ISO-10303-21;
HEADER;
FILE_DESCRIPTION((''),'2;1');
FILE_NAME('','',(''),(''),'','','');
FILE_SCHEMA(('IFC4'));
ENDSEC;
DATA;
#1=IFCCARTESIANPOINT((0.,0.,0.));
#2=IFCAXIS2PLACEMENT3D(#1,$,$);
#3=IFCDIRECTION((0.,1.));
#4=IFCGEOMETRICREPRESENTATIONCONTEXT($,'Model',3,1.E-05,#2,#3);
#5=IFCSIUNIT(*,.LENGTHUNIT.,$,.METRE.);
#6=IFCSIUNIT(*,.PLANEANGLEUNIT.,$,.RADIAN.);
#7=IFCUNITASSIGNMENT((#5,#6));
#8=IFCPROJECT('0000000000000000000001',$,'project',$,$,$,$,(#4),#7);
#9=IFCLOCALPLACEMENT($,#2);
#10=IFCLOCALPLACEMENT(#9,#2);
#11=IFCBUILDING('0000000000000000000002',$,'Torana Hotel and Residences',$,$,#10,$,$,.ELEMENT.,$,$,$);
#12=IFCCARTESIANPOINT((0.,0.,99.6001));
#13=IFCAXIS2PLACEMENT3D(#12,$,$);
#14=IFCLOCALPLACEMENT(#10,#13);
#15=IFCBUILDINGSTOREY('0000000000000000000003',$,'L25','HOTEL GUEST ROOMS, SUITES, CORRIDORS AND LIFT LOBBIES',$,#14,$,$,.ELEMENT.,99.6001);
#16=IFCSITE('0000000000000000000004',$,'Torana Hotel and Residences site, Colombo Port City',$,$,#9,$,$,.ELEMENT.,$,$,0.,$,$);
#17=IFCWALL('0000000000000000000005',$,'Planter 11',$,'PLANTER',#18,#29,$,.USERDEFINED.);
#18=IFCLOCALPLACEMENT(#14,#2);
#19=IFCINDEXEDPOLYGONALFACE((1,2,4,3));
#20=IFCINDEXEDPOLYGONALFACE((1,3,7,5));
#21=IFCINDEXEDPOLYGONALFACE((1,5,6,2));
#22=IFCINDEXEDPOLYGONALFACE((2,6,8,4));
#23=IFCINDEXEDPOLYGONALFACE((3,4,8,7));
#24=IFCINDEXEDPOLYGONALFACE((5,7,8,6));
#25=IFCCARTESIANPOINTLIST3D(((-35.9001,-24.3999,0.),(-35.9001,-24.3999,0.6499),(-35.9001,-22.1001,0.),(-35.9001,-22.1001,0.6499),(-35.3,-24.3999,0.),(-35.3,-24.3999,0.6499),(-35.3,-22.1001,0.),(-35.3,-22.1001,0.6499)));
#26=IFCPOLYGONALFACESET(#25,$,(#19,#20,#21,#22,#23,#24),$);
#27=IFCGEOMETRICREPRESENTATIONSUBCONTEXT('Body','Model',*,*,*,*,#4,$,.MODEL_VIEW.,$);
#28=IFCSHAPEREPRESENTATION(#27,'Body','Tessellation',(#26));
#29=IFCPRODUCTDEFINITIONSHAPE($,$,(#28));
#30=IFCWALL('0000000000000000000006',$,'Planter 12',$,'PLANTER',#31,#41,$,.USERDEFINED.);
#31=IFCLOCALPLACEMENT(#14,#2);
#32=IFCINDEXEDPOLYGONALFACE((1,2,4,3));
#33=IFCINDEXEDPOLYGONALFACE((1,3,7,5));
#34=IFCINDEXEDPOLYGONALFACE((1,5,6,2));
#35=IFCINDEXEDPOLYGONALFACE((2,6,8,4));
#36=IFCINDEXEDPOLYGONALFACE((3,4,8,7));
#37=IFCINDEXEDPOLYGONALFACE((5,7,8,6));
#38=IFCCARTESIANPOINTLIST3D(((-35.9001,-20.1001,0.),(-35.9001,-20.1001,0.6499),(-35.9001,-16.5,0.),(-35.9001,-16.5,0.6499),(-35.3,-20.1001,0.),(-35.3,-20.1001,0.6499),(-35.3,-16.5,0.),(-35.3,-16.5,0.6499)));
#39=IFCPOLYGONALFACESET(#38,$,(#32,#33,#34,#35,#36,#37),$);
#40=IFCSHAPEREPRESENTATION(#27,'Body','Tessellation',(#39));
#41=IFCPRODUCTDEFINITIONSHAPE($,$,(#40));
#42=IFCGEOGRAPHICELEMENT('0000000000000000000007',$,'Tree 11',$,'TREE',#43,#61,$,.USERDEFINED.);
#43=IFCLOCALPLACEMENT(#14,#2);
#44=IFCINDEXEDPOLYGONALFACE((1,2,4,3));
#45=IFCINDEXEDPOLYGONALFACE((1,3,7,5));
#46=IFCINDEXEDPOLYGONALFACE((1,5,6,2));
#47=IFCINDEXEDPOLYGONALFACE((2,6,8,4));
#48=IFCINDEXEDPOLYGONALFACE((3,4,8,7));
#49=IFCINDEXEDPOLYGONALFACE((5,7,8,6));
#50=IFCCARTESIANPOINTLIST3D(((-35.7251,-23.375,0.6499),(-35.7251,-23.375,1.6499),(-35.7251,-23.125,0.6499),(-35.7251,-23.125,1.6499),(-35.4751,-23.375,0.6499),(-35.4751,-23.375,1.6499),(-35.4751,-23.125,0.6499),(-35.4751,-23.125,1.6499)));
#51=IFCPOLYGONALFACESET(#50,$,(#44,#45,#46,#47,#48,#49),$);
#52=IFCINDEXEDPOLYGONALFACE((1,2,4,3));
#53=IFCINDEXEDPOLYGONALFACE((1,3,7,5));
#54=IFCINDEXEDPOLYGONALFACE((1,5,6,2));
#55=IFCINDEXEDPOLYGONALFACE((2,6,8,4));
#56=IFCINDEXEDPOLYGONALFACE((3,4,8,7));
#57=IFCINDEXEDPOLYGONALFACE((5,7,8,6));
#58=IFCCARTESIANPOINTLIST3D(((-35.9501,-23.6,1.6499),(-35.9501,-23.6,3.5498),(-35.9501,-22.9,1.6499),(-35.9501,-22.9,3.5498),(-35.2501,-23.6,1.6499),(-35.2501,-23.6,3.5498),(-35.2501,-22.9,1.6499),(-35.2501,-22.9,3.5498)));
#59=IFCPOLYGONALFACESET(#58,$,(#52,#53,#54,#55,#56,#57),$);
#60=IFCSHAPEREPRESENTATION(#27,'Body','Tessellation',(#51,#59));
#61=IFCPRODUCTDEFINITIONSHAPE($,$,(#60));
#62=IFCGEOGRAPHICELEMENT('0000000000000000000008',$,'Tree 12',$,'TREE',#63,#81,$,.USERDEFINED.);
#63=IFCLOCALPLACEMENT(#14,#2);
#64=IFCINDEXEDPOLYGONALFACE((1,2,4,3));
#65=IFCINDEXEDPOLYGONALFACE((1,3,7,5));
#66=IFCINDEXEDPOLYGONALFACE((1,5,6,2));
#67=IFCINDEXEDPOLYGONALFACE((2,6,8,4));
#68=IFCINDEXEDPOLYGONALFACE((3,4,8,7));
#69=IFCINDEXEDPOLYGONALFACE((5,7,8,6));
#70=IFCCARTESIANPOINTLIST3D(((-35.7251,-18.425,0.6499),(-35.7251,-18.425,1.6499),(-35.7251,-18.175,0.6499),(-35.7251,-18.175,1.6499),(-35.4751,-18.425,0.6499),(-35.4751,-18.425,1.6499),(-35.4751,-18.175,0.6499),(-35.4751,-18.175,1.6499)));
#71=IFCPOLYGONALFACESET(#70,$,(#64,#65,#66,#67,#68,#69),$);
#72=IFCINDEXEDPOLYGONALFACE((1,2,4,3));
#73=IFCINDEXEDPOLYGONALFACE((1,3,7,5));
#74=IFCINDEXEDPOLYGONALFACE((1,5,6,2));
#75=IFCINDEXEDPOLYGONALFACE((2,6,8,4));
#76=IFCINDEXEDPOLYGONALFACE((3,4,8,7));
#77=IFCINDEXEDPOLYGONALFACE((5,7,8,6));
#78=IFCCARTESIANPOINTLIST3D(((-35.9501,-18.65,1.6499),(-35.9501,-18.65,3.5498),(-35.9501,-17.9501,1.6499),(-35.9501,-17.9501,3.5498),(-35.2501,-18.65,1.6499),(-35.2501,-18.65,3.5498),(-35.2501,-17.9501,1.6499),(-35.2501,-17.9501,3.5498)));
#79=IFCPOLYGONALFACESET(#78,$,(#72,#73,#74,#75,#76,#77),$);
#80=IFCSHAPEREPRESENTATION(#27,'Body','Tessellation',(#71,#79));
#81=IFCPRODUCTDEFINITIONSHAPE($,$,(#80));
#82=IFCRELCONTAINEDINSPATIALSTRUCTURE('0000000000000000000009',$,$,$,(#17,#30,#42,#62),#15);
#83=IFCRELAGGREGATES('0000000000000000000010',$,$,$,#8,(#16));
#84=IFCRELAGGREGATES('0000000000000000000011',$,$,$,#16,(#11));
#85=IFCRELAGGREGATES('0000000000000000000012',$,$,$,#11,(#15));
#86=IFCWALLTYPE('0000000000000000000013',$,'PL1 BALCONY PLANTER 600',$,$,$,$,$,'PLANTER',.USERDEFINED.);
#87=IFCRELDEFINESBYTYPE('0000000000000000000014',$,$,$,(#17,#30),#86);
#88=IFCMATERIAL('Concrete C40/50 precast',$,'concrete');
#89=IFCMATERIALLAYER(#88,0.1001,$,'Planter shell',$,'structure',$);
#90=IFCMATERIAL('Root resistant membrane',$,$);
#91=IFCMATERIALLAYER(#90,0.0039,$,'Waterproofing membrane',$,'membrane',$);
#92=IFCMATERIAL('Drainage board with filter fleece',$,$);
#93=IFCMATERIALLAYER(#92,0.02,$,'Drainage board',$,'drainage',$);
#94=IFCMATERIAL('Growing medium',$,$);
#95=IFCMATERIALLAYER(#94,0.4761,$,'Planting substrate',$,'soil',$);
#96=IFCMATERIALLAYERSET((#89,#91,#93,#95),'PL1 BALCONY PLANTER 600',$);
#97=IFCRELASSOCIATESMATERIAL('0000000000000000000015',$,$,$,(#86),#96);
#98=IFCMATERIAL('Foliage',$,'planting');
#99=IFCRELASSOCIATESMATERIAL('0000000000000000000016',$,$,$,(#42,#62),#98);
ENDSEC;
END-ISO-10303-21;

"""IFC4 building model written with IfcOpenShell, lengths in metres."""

from ifc_helpers import new_model, si_unit, direction, frame, frame_2d, origin, origin_2d, place, context, subcontext, project, spatial, rectangle, extrude, material, layer, layer_set, type_object, element, save


model = new_model("IFC4")

# Units and contexts
model_context = context("Model", 3, precision=1e-05, world=origin(), true_north=direction((0.0, 1.0)))
body_context = subcontext(model_context, "Body", "Model", "MODEL_VIEW")
ifc_project = project(units=[si_unit("LENGTHUNIT", "METRE"), si_unit("PLANEANGLEUNIT", "RADIAN")], contexts=[model_context])

# Site, building, storey
site_placement = place(None, origin())
site = spatial("IfcSite", under=ifc_project, at=site_placement, Name="Torana Hotel and Residences site, Colombo Port City", CompositionType="ELEMENT", RefElevation=0.0)
building_placement = place(site_placement, origin())
building = spatial("IfcBuilding", under=site, at=building_placement, Name="Torana Hotel and Residences", CompositionType="ELEMENT")
storey_placement = place(building_placement, frame((0.0, 0.0, 99.6001)))
storey = spatial("IfcBuildingStorey", under=building, at=storey_placement, Name="L25", Description="HOTEL GUEST ROOMS, SUITES, CORRIDORS AND LIFT LOBBIES", CompositionType="ELEMENT", Elevation=99.6001)

# Walls
ifc_material_1 = material(Name="Concrete C40/50 precast", Category="concrete")
ifc_layer_1 = layer(ifc_material_1, 0.1001, Name="Planter shell", Category="structure")
ifc_material_2 = material(Name="Root resistant membrane")
ifc_layer_2 = layer(ifc_material_2, 0.0039, Name="Waterproofing membrane", Category="membrane")
ifc_material_3 = material(Name="Drainage board with filter fleece")
ifc_layer_3 = layer(ifc_material_3, 0.02, Name="Drainage board", Category="drainage")
ifc_material_4 = material(Name="Growing medium")
ifc_layer_4 = layer(ifc_material_4, 0.4761, Name="Planting substrate", Category="soil")
ifc_layer_set_1 = layer_set([ifc_layer_1, ifc_layer_2, ifc_layer_3, ifc_layer_4], Name="PL1 BALCONY PLANTER 600")
wall_type_1 = type_object("IfcWallType", Name="PL1 BALCONY PLANTER 600", ElementType="PLANTER", PredefinedType="USERDEFINED", material=ifc_layer_set_1)
wall_1_placement = place(storey_placement, frame((-35.6001, -24.3999, 0.0), z_axis=(0.0, 0.0, 1.0), x_axis=(0.0, 1.0, 0.0)))
element("IfcWall", 1, at=wall_1_placement, inside=storey, type_object=wall_type_1, Name="Planter 11", ObjectType="PLANTER", PredefinedType="USERDEFINED", context=body_context, shape_type="SweptSolid", body=[
    extrude(rectangle(XDim=2.2998, YDim=0.6001, at=frame_2d((1.1499, 0.0))), origin(), (0.0, 0.0, 1.0), 0.6499),
])
wall_2_placement = place(storey_placement, frame((-35.6001, -20.1001, 0.0), z_axis=(0.0, 0.0, 1.0), x_axis=(0.0, 1.0, 0.0)))
element("IfcWall", 2, at=wall_2_placement, inside=storey, type_object=wall_type_1, Name="Planter 12", ObjectType="PLANTER", PredefinedType="USERDEFINED", context=body_context, shape_type="SweptSolid", body=[
    extrude(rectangle(XDim=3.6001, YDim=0.6001, at=frame_2d((1.8, 0.0))), origin(), (0.0, 0.0, 1.0), 0.6499),
])

# Geographic elements
ifc_material_5 = material(Name="Foliage", Category="planting")
for number, where, z_axis, x_axis, name in (
    (3, (-35.6001, -23.25, 0.6499), (0.0, 0.0, 1.0), (1.0, 0.0, 0.0), "Tree 11"),
    (4, (-35.6001, -18.3, 0.6499), (0.0, 0.0, 1.0), (1.0, 0.0, 0.0), "Tree 12"),
):
    element("IfcGeographicElement", number, at=place(storey_placement, frame(where, z_axis=z_axis, x_axis=x_axis)), inside=storey, material=ifc_material_5, Name=name, ObjectType="TREE", PredefinedType="USERDEFINED", context=body_context, shape_type="SweptSolid", body=[
        extrude(rectangle(XDim=0.25, YDim=0.25, at=origin_2d()), origin(), (0.0, 0.0, 1.0), 1.0),
        extrude(rectangle(XDim=0.7, YDim=0.7, at=origin_2d()), frame((0.0, 0.0, 1.0)), (0.0, 0.0, 1.0), 1.8999),
    ])

save(model, "model.ifc")
